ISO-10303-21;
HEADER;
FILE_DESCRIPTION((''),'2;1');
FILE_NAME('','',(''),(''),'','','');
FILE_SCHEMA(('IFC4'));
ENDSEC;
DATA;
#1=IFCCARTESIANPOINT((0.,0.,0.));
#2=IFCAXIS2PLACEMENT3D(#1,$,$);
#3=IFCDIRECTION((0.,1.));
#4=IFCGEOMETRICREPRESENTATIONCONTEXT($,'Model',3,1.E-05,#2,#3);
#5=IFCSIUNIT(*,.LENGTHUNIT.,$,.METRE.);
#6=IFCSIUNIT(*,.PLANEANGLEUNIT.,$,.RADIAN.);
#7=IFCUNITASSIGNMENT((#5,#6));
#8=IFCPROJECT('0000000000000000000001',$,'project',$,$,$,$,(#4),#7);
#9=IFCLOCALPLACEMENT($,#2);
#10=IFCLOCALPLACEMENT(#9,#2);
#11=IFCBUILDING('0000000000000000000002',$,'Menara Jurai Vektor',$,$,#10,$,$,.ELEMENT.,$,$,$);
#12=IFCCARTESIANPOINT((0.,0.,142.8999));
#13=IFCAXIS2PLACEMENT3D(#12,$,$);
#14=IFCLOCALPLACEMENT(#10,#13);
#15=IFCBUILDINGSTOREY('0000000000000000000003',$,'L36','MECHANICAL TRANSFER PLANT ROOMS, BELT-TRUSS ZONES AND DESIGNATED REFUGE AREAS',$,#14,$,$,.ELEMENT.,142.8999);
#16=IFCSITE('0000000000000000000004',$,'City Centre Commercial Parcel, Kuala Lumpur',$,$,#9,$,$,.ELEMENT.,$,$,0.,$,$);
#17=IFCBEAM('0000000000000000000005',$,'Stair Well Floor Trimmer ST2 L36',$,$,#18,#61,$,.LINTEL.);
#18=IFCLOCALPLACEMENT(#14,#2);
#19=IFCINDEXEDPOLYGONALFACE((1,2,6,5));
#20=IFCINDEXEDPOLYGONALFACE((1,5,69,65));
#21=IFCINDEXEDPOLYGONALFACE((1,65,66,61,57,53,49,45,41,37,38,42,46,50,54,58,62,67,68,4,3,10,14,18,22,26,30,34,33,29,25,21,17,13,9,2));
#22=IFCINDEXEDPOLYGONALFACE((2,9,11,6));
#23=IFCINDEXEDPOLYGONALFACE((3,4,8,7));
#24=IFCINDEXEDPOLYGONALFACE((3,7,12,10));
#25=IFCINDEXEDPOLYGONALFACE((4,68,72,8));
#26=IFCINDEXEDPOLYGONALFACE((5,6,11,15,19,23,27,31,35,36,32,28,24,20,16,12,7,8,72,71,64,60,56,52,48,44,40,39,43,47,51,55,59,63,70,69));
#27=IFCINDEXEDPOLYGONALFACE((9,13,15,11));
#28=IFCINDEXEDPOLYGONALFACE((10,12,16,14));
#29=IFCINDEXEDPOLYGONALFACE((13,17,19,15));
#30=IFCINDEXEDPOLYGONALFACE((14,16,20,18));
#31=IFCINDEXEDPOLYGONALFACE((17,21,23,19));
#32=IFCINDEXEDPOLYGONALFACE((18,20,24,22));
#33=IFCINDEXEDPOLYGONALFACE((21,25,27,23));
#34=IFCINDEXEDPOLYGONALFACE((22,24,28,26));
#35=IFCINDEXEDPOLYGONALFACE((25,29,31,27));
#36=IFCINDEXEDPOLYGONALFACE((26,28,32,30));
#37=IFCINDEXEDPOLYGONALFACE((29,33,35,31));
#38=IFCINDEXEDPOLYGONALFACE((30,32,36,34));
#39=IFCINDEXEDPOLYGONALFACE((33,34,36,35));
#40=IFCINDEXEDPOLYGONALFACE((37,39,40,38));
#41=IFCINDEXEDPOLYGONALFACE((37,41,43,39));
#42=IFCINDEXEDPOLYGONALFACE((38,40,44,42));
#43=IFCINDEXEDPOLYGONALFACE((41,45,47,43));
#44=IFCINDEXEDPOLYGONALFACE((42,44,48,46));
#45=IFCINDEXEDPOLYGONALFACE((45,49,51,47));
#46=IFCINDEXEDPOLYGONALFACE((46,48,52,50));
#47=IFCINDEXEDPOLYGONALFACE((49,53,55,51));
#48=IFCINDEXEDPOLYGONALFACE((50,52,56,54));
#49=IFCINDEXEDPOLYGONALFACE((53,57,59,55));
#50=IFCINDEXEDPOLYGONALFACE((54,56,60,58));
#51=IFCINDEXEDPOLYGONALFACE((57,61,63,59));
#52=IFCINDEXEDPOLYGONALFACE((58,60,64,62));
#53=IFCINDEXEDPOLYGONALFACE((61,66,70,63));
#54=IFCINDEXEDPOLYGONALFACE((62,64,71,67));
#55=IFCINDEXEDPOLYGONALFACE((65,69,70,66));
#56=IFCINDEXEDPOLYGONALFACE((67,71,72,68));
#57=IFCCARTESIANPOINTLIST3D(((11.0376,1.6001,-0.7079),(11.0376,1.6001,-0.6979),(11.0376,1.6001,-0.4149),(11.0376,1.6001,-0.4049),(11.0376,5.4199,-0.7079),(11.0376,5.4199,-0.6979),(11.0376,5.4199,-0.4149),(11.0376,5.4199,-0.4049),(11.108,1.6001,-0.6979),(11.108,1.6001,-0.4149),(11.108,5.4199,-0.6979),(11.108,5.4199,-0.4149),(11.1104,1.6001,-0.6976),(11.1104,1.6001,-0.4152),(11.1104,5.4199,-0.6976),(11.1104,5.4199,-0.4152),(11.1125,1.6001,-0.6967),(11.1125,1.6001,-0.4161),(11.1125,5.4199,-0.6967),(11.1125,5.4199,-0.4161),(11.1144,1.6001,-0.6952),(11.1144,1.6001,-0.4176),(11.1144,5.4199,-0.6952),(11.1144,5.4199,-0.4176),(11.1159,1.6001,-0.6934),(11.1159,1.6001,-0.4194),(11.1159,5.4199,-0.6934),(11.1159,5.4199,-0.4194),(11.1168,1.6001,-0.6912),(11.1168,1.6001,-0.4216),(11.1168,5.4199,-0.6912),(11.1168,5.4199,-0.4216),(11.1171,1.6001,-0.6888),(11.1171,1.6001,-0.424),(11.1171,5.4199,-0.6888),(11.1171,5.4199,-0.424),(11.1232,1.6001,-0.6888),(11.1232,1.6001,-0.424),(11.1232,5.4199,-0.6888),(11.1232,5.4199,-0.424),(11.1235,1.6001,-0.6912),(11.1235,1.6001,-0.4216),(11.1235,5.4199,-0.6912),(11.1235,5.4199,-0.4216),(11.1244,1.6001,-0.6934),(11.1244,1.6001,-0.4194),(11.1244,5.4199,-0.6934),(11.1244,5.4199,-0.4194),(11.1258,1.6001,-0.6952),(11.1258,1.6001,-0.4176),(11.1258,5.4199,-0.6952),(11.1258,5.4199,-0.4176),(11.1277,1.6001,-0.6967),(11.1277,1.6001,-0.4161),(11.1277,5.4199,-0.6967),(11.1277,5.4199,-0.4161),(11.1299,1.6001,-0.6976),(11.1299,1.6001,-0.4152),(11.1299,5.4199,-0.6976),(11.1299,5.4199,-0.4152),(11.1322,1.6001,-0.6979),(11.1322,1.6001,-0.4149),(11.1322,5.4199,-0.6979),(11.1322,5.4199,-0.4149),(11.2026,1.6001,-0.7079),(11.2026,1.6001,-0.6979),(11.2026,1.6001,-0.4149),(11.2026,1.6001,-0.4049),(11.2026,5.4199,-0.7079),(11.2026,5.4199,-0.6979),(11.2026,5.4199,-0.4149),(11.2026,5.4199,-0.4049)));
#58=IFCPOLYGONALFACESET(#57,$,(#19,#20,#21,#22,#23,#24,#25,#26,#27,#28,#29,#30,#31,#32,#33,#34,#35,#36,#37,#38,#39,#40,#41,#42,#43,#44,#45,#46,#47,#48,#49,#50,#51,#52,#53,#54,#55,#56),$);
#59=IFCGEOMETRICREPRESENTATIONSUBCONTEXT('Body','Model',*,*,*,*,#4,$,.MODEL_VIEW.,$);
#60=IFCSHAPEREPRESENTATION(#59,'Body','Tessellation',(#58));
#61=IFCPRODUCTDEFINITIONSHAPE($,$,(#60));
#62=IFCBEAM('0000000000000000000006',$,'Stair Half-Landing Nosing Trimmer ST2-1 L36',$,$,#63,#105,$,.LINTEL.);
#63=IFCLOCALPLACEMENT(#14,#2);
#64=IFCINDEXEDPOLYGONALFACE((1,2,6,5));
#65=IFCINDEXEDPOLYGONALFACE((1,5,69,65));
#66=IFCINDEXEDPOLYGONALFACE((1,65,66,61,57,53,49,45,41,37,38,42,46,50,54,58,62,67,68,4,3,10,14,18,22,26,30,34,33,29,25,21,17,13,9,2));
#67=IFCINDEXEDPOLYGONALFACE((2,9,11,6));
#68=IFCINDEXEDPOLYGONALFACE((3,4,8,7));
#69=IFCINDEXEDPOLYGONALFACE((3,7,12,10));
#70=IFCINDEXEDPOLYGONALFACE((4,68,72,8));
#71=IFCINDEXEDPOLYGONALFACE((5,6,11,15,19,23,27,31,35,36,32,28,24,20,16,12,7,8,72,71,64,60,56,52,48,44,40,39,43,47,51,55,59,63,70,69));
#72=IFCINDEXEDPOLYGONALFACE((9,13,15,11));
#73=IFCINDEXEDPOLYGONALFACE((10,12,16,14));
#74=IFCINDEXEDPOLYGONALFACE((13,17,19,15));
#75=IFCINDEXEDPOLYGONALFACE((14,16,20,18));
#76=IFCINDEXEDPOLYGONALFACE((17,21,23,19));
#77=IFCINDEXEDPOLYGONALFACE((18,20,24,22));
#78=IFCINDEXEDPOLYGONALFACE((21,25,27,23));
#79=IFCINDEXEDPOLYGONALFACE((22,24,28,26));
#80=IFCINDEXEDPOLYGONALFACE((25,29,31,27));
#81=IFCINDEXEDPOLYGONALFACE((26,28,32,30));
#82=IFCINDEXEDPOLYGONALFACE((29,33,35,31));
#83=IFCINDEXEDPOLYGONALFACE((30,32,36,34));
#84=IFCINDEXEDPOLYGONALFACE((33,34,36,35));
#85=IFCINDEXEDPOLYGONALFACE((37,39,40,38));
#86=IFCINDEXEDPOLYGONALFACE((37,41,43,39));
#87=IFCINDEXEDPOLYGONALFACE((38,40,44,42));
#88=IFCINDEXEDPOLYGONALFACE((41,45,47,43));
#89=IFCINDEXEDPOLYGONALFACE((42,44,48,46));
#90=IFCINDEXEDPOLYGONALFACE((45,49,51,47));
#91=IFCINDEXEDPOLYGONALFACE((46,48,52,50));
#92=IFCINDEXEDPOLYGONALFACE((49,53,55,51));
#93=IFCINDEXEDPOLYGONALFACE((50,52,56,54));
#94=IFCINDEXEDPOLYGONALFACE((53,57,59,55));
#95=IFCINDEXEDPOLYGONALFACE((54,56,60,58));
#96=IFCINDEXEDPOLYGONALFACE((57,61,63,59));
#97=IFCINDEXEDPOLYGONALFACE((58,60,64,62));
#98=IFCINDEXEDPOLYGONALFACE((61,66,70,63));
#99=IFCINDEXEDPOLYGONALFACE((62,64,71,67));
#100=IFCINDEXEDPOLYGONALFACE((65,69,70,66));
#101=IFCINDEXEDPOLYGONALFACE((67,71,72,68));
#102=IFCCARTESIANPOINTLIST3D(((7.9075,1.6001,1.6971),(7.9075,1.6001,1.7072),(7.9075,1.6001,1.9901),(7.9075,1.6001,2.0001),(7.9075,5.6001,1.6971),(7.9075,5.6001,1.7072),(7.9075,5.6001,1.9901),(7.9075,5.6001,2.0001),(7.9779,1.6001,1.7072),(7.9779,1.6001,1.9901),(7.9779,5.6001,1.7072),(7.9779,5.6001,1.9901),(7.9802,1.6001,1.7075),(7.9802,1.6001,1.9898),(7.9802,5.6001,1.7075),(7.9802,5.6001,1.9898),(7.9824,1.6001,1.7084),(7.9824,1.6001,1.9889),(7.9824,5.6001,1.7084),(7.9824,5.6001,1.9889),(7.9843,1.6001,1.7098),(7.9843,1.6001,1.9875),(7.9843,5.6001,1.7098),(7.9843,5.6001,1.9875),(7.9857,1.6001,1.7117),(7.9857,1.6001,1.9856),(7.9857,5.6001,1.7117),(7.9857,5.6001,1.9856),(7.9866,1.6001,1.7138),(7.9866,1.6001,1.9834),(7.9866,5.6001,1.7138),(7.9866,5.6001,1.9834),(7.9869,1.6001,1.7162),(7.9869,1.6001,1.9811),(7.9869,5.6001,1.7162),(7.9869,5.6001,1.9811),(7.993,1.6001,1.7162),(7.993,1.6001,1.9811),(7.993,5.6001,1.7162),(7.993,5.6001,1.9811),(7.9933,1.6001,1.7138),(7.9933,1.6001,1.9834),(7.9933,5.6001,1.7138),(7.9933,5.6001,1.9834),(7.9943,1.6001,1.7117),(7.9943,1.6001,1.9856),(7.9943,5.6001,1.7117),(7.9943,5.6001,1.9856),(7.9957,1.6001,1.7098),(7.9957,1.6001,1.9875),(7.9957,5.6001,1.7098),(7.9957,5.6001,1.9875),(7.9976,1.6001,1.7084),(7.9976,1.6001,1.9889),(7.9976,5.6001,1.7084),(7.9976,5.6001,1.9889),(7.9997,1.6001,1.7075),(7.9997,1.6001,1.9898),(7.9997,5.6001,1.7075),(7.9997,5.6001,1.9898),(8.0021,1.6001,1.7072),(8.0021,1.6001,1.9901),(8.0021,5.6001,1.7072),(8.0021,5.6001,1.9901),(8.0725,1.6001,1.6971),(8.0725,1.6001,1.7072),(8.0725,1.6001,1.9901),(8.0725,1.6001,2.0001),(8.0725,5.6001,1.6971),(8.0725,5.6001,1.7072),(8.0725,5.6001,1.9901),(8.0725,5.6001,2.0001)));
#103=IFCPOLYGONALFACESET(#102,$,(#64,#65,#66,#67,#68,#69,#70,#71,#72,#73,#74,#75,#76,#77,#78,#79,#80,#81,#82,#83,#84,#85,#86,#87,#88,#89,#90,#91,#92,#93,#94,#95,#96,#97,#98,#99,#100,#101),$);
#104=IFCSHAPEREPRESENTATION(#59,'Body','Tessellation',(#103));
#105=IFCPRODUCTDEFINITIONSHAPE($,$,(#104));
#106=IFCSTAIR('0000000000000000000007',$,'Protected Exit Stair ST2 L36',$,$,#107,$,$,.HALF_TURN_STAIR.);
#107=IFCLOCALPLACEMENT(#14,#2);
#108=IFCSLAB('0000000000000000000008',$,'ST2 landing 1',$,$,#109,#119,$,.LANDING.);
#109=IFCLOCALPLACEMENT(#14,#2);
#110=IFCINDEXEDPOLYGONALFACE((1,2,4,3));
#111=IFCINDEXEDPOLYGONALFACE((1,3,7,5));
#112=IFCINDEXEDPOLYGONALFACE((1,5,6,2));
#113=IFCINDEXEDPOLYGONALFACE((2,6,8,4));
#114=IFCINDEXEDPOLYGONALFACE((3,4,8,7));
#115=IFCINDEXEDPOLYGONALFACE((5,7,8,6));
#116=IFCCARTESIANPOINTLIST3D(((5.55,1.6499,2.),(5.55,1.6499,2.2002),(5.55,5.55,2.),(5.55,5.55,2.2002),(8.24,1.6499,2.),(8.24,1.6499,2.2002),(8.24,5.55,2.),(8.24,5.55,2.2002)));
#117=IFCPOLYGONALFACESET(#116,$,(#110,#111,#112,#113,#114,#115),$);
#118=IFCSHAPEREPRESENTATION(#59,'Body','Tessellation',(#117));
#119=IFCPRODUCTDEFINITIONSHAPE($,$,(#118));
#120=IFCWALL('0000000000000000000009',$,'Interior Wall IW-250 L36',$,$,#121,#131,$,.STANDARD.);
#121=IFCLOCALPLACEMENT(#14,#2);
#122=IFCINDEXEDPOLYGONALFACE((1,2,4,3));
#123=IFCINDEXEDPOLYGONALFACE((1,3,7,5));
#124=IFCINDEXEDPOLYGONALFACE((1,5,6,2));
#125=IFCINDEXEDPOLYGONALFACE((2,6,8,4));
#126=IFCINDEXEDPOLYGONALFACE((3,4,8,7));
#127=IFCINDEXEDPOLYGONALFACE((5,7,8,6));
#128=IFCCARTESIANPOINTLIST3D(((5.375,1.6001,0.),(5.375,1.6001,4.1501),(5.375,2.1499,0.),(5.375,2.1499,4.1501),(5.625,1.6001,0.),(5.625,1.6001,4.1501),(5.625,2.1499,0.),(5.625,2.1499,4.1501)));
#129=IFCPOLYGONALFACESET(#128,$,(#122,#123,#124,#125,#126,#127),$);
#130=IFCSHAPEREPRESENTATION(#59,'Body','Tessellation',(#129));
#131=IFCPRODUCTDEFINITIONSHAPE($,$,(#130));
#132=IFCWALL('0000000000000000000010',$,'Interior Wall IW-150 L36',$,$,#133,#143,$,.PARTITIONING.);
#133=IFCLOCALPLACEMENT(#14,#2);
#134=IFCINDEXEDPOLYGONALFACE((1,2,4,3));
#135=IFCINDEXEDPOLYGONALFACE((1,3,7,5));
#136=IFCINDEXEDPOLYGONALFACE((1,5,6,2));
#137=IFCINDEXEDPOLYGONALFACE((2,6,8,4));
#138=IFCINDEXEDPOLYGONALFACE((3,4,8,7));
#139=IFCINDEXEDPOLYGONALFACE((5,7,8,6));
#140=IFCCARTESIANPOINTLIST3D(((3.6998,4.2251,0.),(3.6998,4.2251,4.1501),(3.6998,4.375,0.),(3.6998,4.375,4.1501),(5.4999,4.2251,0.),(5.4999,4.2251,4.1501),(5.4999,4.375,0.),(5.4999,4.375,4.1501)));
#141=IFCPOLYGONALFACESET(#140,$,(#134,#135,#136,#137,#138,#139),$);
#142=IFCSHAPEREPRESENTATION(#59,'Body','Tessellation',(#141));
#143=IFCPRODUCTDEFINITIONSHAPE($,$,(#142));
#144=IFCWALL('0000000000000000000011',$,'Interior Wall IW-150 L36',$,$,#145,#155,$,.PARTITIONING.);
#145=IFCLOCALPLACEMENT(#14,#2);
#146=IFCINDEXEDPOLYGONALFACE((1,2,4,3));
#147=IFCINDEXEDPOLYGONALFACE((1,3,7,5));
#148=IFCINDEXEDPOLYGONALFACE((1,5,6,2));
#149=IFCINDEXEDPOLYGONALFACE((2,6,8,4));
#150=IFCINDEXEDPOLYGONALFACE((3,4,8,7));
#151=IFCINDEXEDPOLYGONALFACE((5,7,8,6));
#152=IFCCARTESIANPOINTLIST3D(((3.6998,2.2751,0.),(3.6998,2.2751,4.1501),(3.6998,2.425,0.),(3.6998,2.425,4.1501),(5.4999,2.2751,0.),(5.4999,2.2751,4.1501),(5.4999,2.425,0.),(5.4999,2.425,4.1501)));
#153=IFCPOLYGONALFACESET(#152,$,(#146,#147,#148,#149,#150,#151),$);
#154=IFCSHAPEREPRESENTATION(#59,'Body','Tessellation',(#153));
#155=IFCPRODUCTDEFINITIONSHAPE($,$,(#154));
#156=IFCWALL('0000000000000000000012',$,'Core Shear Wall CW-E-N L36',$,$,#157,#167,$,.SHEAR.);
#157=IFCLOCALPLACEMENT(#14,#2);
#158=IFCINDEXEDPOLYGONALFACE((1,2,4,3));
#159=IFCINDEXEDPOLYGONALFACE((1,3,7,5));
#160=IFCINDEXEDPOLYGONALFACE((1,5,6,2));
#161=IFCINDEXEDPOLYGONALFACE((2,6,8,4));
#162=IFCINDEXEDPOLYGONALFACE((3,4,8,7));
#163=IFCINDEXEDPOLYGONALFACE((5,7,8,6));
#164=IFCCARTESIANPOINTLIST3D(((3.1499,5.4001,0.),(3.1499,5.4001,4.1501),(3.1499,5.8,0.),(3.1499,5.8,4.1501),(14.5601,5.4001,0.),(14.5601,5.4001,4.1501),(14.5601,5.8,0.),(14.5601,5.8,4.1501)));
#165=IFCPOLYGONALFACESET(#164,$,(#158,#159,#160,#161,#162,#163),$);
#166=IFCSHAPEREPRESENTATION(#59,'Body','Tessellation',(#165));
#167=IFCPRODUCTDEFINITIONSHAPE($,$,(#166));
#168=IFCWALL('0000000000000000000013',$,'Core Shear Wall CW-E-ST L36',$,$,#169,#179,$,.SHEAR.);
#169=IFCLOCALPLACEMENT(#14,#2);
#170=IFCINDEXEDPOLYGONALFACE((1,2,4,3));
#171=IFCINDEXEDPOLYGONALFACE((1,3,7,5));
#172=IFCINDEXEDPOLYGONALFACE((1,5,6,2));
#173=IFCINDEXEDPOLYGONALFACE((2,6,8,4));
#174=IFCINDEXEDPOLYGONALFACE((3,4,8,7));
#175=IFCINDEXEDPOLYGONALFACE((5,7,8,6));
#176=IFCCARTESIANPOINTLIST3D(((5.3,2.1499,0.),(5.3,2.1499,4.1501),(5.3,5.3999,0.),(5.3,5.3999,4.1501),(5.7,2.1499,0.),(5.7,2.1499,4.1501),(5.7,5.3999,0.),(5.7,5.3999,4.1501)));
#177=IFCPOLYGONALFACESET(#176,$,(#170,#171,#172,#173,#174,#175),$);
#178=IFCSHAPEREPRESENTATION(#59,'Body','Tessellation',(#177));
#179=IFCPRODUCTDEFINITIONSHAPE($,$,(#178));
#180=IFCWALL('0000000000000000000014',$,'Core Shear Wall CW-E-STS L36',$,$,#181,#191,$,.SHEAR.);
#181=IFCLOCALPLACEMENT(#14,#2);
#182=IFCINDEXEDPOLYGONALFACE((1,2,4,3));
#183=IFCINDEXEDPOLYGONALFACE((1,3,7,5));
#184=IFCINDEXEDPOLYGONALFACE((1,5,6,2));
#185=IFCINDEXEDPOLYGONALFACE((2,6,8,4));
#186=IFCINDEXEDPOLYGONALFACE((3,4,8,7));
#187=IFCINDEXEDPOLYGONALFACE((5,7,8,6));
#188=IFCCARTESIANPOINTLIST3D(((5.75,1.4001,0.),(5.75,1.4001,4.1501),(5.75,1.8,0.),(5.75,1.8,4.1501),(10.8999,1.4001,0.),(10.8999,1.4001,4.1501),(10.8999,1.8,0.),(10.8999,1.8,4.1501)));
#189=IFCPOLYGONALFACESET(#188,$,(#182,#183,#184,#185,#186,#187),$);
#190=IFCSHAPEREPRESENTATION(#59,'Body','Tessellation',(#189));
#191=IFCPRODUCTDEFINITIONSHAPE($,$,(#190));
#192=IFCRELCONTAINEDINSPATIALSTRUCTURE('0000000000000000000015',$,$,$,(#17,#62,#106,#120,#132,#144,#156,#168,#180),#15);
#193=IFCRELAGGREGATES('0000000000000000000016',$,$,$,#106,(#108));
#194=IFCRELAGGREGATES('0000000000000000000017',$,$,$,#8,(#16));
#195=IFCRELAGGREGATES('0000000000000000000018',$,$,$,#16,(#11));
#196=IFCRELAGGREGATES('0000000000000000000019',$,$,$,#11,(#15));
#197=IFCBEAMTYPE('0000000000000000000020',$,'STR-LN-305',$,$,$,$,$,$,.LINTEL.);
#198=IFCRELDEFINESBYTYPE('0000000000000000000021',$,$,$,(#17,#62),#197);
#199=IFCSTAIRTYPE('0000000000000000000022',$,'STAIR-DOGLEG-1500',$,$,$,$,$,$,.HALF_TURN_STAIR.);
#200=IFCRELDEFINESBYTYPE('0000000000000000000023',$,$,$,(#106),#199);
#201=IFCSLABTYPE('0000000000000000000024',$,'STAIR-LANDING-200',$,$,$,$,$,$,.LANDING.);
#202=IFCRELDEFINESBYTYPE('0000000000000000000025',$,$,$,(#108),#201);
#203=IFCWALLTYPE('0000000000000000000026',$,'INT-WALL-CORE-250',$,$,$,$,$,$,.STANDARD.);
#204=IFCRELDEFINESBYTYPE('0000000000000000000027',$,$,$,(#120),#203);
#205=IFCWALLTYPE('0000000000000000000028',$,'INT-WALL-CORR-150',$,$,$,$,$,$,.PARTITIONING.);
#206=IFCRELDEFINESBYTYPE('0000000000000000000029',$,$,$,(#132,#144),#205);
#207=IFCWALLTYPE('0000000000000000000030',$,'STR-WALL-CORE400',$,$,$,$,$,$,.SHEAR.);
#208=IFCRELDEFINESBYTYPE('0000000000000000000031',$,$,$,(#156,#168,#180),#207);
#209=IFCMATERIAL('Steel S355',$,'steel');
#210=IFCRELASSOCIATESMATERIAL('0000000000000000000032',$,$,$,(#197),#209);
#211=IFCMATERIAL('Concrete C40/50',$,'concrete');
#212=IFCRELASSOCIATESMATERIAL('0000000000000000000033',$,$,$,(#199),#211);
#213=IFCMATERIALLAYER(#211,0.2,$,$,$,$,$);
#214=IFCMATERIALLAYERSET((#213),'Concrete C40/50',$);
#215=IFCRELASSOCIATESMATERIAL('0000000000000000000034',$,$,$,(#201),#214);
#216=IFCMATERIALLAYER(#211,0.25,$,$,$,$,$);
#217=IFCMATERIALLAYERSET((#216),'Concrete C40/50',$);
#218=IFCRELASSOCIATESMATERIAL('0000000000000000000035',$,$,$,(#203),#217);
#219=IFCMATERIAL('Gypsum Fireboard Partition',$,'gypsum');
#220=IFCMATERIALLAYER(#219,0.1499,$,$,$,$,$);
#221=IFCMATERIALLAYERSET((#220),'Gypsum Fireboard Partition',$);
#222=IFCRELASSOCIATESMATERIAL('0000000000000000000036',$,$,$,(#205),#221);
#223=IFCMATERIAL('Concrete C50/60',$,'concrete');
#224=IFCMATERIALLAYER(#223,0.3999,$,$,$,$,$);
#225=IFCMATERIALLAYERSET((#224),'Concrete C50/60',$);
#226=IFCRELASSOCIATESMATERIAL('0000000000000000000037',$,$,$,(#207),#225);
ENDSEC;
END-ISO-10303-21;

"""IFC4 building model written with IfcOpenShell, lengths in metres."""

from ifc_helpers import new_model, si_unit, direction, frame, frame_2d, origin, origin_2d, place, context, subcontext, project, spatial, polyline, rectangle, i_section, outline, extrude, material, layer, layer_set, material_profile, profile_set, type_object, element, aggregate, save


model = new_model("IFC4")

# Units and contexts
model_context = context("Model", 3, precision=1e-05, world=origin(), true_north=direction((0.0, 1.0)))
body_context = subcontext(model_context, "Body", "Model", "MODEL_VIEW")
ifc_project = project(units=[si_unit("LENGTHUNIT", "METRE"), si_unit("PLANEANGLEUNIT", "RADIAN")], contexts=[model_context])

# Site, building, storey
site_placement = place(None, origin())
site = spatial("IfcSite", under=ifc_project, at=site_placement, Name="City Centre Commercial Parcel, Kuala Lumpur", CompositionType="ELEMENT", RefElevation=0.0)
building_placement = place(site_placement, origin())
building = spatial("IfcBuilding", under=site, at=building_placement, Name="Menara Jurai Vektor", CompositionType="ELEMENT")
storey_placement = place(building_placement, frame((0.0, 0.0, 142.8999)))
storey = spatial("IfcBuildingStorey", under=building, at=storey_placement, Name="L36", Description="MECHANICAL TRANSFER PLANT ROOMS, BELT-TRUSS ZONES AND DESIGNATED REFUGE AREAS", CompositionType="ELEMENT", Elevation=142.8999)

# Shared definitions
ifc_material_1 = material(Name="Concrete C50/60", Category="concrete")
ifc_material_2 = material(Name="Steel S355", Category="steel")

# Beams
ifc_material_profile_1 = material_profile(ifc_material_2, i_section(OverallWidth=0.165, OverallDepth=0.303, WebThickness=0.0061, FlangeThickness=0.01, FilletRadius=0.009, at=origin_2d()), Name="UKB 305x165x40")
ifc_profile_set_1 = profile_set([ifc_material_profile_1], Name="Steel S355")
beam_type_1 = type_object("IfcBeamType", Name="STR-LN-305", PredefinedType="LINTEL", material=ifc_profile_set_1)
beam_1_placement = place(storey_placement, frame((11.1201, 1.6001, -0.5564), z_axis=(0.0, 1.0, 0.0), x_axis=(-1.0, 0.0, 0.0)))
element("IfcBeam", 1, at=beam_1_placement, inside=storey, type_object=beam_type_1, Name="Stair Well Floor Trimmer ST2 L36", PredefinedType="LINTEL", context=body_context, shape_type="SweptSolid", body=[
    extrude(i_section(OverallWidth=0.165, OverallDepth=0.303, WebThickness=0.0061, FlangeThickness=0.01, FilletRadius=0.009, at=origin_2d()), origin(), (0.0, 0.0, 1.0), 3.8198),
])
beam_2_placement = place(storey_placement, frame((7.99, 1.6001, 1.8486), z_axis=(0.0, 1.0, 0.0), x_axis=(-1.0, 0.0, 0.0)))
element("IfcBeam", 2, at=beam_2_placement, inside=storey, type_object=beam_type_1, Name="Stair Half-Landing Nosing Trimmer ST2-1 L36", PredefinedType="LINTEL", context=body_context, shape_type="SweptSolid", body=[
    extrude(i_section(OverallWidth=0.165, OverallDepth=0.303, WebThickness=0.0061, FlangeThickness=0.01, FilletRadius=0.009, at=origin_2d()), origin(), (0.0, 0.0, 1.0), 4.0),
])

# Stair, slab
ifc_material_3 = material(Name="Concrete C40/50", Category="concrete")
stair_type = type_object("IfcStairType", Name="STAIR-DOGLEG-1500", PredefinedType="HALF_TURN_STAIR", material=ifc_material_3)
stair_placement = place(storey_placement, origin())
stair = element("IfcStair", 3, at=stair_placement, inside=storey, type_object=stair_type, Name="Protected Exit Stair ST2 L36", PredefinedType="HALF_TURN_STAIR")
ifc_layer_1 = layer(ifc_material_3, 0.2)
ifc_layer_set_1 = layer_set([ifc_layer_1], Name="Concrete C40/50")
slab_type = type_object("IfcSlabType", Name="STAIR-LANDING-200", PredefinedType="LANDING", material=ifc_layer_set_1)
slab_placement = place(storey_placement, frame((0.0, 0.0, 2.0)))
slab = element("IfcSlab", 4, at=slab_placement, type_object=slab_type, Name="ST2 landing 1", PredefinedType="LANDING", context=body_context, shape_type="SweptSolid", body=[
    extrude(outline(polyline([(5.55, 1.6499), (8.24, 1.6499), (8.24, 5.55), (5.55, 5.55), (5.55, 1.6499)])), origin(), (0.0, 0.0, 1.0), 0.2002),
])

# Shared definitions
ifc_layer_2 = layer(ifc_material_3, 0.25)
ifc_layer_set_2 = layer_set([ifc_layer_2], Name="Concrete C40/50")
wall_type_1 = type_object("IfcWallType", Name="INT-WALL-CORE-250", PredefinedType="STANDARD", material=ifc_layer_set_2)

# Walls
wall_1_placement = place(storey_placement, frame((5.5, 1.6001, 0.0), z_axis=(0.0, 0.0, 1.0), x_axis=(0.0, 1.0, 0.0)))
element("IfcWall", 5, at=wall_1_placement, inside=storey, type_object=wall_type_1, Name="Interior Wall IW-250 L36", PredefinedType="STANDARD", context=body_context, shape_type="SweptSolid", body=[
    extrude(rectangle(XDim=0.5498, YDim=0.25, at=frame_2d((0.2749, 0.0))), origin(), (0.0, 0.0, 1.0), 4.1501),
])
ifc_material_4 = material(Name="Gypsum Fireboard Partition", Category="gypsum")
ifc_layer_3 = layer(ifc_material_4, 0.1499)
ifc_layer_set_3 = layer_set([ifc_layer_3], Name="Gypsum Fireboard Partition")
wall_type_2 = type_object("IfcWallType", Name="INT-WALL-CORR-150", PredefinedType="PARTITIONING", material=ifc_layer_set_3)
for number, where, z_axis, x_axis, name in (
    (6, (3.7, 4.3, 0.0), (0.0, 0.0, 1.0), (1.0, 0.0, 0.0), "Interior Wall IW-150 L36"),
    (7, (3.7, 2.3501, 0.0), (0.0, 0.0, 1.0), (1.0, 0.0, 0.0), "Interior Wall IW-150 L36"),
):
    element("IfcWall", number, at=place(storey_placement, frame(where, z_axis=z_axis, x_axis=x_axis)), inside=storey, type_object=wall_type_2, Name=name, PredefinedType="PARTITIONING", context=body_context, shape_type="SweptSolid", body=[
        extrude(rectangle(XDim=1.8, YDim=0.1499, at=frame_2d((0.8999, 0.0))), origin(), (0.0, 0.0, 1.0), 4.1501),
    ])
ifc_layer_4 = layer(ifc_material_1, 0.3999)
ifc_layer_set_4 = layer_set([ifc_layer_4], Name="Concrete C50/60")
wall_type_3 = type_object("IfcWallType", Name="STR-WALL-CORE400", PredefinedType="SHEAR", material=ifc_layer_set_4)
wall_2_placement = place(storey_placement, frame((3.1499, 5.6001, 0.0), z_axis=(0.0, 0.0, 1.0), x_axis=(1.0, 0.0, 0.0)))
element("IfcWall", 8, at=wall_2_placement, inside=storey, type_object=wall_type_3, Name="Core Shear Wall CW-E-N L36", PredefinedType="SHEAR", context=body_context, shape_type="SweptSolid", body=[
    extrude(rectangle(XDim=11.4102, YDim=0.3999, at=frame_2d((5.7051, 0.0))), origin(), (0.0, 0.0, 1.0), 4.1501),
])
wall_3_placement = place(storey_placement, frame((5.5, 2.1499, 0.0), z_axis=(0.0, 0.0, 1.0), x_axis=(0.0, 1.0, 0.0)))
element("IfcWall", 9, at=wall_3_placement, inside=storey, type_object=wall_type_3, Name="Core Shear Wall CW-E-ST L36", PredefinedType="SHEAR", context=body_context, shape_type="SweptSolid", body=[
    extrude(rectangle(XDim=3.25, YDim=0.3999, at=frame_2d((1.625, 0.0))), origin(), (0.0, 0.0, 1.0), 4.1501),
])
wall_4_placement = place(storey_placement, frame((5.75, 1.6001, 0.0), z_axis=(0.0, 0.0, 1.0), x_axis=(1.0, 0.0, 0.0)))
element("IfcWall", 10, at=wall_4_placement, inside=storey, type_object=wall_type_3, Name="Core Shear Wall CW-E-STS L36", PredefinedType="SHEAR", context=body_context, shape_type="SweptSolid", body=[
    extrude(rectangle(XDim=5.1499, YDim=0.3999, at=frame_2d((2.575, 0.0))), origin(), (0.0, 0.0, 1.0), 4.1501),
])

aggregate(stair, [slab])

save(model, "model.ifc")
